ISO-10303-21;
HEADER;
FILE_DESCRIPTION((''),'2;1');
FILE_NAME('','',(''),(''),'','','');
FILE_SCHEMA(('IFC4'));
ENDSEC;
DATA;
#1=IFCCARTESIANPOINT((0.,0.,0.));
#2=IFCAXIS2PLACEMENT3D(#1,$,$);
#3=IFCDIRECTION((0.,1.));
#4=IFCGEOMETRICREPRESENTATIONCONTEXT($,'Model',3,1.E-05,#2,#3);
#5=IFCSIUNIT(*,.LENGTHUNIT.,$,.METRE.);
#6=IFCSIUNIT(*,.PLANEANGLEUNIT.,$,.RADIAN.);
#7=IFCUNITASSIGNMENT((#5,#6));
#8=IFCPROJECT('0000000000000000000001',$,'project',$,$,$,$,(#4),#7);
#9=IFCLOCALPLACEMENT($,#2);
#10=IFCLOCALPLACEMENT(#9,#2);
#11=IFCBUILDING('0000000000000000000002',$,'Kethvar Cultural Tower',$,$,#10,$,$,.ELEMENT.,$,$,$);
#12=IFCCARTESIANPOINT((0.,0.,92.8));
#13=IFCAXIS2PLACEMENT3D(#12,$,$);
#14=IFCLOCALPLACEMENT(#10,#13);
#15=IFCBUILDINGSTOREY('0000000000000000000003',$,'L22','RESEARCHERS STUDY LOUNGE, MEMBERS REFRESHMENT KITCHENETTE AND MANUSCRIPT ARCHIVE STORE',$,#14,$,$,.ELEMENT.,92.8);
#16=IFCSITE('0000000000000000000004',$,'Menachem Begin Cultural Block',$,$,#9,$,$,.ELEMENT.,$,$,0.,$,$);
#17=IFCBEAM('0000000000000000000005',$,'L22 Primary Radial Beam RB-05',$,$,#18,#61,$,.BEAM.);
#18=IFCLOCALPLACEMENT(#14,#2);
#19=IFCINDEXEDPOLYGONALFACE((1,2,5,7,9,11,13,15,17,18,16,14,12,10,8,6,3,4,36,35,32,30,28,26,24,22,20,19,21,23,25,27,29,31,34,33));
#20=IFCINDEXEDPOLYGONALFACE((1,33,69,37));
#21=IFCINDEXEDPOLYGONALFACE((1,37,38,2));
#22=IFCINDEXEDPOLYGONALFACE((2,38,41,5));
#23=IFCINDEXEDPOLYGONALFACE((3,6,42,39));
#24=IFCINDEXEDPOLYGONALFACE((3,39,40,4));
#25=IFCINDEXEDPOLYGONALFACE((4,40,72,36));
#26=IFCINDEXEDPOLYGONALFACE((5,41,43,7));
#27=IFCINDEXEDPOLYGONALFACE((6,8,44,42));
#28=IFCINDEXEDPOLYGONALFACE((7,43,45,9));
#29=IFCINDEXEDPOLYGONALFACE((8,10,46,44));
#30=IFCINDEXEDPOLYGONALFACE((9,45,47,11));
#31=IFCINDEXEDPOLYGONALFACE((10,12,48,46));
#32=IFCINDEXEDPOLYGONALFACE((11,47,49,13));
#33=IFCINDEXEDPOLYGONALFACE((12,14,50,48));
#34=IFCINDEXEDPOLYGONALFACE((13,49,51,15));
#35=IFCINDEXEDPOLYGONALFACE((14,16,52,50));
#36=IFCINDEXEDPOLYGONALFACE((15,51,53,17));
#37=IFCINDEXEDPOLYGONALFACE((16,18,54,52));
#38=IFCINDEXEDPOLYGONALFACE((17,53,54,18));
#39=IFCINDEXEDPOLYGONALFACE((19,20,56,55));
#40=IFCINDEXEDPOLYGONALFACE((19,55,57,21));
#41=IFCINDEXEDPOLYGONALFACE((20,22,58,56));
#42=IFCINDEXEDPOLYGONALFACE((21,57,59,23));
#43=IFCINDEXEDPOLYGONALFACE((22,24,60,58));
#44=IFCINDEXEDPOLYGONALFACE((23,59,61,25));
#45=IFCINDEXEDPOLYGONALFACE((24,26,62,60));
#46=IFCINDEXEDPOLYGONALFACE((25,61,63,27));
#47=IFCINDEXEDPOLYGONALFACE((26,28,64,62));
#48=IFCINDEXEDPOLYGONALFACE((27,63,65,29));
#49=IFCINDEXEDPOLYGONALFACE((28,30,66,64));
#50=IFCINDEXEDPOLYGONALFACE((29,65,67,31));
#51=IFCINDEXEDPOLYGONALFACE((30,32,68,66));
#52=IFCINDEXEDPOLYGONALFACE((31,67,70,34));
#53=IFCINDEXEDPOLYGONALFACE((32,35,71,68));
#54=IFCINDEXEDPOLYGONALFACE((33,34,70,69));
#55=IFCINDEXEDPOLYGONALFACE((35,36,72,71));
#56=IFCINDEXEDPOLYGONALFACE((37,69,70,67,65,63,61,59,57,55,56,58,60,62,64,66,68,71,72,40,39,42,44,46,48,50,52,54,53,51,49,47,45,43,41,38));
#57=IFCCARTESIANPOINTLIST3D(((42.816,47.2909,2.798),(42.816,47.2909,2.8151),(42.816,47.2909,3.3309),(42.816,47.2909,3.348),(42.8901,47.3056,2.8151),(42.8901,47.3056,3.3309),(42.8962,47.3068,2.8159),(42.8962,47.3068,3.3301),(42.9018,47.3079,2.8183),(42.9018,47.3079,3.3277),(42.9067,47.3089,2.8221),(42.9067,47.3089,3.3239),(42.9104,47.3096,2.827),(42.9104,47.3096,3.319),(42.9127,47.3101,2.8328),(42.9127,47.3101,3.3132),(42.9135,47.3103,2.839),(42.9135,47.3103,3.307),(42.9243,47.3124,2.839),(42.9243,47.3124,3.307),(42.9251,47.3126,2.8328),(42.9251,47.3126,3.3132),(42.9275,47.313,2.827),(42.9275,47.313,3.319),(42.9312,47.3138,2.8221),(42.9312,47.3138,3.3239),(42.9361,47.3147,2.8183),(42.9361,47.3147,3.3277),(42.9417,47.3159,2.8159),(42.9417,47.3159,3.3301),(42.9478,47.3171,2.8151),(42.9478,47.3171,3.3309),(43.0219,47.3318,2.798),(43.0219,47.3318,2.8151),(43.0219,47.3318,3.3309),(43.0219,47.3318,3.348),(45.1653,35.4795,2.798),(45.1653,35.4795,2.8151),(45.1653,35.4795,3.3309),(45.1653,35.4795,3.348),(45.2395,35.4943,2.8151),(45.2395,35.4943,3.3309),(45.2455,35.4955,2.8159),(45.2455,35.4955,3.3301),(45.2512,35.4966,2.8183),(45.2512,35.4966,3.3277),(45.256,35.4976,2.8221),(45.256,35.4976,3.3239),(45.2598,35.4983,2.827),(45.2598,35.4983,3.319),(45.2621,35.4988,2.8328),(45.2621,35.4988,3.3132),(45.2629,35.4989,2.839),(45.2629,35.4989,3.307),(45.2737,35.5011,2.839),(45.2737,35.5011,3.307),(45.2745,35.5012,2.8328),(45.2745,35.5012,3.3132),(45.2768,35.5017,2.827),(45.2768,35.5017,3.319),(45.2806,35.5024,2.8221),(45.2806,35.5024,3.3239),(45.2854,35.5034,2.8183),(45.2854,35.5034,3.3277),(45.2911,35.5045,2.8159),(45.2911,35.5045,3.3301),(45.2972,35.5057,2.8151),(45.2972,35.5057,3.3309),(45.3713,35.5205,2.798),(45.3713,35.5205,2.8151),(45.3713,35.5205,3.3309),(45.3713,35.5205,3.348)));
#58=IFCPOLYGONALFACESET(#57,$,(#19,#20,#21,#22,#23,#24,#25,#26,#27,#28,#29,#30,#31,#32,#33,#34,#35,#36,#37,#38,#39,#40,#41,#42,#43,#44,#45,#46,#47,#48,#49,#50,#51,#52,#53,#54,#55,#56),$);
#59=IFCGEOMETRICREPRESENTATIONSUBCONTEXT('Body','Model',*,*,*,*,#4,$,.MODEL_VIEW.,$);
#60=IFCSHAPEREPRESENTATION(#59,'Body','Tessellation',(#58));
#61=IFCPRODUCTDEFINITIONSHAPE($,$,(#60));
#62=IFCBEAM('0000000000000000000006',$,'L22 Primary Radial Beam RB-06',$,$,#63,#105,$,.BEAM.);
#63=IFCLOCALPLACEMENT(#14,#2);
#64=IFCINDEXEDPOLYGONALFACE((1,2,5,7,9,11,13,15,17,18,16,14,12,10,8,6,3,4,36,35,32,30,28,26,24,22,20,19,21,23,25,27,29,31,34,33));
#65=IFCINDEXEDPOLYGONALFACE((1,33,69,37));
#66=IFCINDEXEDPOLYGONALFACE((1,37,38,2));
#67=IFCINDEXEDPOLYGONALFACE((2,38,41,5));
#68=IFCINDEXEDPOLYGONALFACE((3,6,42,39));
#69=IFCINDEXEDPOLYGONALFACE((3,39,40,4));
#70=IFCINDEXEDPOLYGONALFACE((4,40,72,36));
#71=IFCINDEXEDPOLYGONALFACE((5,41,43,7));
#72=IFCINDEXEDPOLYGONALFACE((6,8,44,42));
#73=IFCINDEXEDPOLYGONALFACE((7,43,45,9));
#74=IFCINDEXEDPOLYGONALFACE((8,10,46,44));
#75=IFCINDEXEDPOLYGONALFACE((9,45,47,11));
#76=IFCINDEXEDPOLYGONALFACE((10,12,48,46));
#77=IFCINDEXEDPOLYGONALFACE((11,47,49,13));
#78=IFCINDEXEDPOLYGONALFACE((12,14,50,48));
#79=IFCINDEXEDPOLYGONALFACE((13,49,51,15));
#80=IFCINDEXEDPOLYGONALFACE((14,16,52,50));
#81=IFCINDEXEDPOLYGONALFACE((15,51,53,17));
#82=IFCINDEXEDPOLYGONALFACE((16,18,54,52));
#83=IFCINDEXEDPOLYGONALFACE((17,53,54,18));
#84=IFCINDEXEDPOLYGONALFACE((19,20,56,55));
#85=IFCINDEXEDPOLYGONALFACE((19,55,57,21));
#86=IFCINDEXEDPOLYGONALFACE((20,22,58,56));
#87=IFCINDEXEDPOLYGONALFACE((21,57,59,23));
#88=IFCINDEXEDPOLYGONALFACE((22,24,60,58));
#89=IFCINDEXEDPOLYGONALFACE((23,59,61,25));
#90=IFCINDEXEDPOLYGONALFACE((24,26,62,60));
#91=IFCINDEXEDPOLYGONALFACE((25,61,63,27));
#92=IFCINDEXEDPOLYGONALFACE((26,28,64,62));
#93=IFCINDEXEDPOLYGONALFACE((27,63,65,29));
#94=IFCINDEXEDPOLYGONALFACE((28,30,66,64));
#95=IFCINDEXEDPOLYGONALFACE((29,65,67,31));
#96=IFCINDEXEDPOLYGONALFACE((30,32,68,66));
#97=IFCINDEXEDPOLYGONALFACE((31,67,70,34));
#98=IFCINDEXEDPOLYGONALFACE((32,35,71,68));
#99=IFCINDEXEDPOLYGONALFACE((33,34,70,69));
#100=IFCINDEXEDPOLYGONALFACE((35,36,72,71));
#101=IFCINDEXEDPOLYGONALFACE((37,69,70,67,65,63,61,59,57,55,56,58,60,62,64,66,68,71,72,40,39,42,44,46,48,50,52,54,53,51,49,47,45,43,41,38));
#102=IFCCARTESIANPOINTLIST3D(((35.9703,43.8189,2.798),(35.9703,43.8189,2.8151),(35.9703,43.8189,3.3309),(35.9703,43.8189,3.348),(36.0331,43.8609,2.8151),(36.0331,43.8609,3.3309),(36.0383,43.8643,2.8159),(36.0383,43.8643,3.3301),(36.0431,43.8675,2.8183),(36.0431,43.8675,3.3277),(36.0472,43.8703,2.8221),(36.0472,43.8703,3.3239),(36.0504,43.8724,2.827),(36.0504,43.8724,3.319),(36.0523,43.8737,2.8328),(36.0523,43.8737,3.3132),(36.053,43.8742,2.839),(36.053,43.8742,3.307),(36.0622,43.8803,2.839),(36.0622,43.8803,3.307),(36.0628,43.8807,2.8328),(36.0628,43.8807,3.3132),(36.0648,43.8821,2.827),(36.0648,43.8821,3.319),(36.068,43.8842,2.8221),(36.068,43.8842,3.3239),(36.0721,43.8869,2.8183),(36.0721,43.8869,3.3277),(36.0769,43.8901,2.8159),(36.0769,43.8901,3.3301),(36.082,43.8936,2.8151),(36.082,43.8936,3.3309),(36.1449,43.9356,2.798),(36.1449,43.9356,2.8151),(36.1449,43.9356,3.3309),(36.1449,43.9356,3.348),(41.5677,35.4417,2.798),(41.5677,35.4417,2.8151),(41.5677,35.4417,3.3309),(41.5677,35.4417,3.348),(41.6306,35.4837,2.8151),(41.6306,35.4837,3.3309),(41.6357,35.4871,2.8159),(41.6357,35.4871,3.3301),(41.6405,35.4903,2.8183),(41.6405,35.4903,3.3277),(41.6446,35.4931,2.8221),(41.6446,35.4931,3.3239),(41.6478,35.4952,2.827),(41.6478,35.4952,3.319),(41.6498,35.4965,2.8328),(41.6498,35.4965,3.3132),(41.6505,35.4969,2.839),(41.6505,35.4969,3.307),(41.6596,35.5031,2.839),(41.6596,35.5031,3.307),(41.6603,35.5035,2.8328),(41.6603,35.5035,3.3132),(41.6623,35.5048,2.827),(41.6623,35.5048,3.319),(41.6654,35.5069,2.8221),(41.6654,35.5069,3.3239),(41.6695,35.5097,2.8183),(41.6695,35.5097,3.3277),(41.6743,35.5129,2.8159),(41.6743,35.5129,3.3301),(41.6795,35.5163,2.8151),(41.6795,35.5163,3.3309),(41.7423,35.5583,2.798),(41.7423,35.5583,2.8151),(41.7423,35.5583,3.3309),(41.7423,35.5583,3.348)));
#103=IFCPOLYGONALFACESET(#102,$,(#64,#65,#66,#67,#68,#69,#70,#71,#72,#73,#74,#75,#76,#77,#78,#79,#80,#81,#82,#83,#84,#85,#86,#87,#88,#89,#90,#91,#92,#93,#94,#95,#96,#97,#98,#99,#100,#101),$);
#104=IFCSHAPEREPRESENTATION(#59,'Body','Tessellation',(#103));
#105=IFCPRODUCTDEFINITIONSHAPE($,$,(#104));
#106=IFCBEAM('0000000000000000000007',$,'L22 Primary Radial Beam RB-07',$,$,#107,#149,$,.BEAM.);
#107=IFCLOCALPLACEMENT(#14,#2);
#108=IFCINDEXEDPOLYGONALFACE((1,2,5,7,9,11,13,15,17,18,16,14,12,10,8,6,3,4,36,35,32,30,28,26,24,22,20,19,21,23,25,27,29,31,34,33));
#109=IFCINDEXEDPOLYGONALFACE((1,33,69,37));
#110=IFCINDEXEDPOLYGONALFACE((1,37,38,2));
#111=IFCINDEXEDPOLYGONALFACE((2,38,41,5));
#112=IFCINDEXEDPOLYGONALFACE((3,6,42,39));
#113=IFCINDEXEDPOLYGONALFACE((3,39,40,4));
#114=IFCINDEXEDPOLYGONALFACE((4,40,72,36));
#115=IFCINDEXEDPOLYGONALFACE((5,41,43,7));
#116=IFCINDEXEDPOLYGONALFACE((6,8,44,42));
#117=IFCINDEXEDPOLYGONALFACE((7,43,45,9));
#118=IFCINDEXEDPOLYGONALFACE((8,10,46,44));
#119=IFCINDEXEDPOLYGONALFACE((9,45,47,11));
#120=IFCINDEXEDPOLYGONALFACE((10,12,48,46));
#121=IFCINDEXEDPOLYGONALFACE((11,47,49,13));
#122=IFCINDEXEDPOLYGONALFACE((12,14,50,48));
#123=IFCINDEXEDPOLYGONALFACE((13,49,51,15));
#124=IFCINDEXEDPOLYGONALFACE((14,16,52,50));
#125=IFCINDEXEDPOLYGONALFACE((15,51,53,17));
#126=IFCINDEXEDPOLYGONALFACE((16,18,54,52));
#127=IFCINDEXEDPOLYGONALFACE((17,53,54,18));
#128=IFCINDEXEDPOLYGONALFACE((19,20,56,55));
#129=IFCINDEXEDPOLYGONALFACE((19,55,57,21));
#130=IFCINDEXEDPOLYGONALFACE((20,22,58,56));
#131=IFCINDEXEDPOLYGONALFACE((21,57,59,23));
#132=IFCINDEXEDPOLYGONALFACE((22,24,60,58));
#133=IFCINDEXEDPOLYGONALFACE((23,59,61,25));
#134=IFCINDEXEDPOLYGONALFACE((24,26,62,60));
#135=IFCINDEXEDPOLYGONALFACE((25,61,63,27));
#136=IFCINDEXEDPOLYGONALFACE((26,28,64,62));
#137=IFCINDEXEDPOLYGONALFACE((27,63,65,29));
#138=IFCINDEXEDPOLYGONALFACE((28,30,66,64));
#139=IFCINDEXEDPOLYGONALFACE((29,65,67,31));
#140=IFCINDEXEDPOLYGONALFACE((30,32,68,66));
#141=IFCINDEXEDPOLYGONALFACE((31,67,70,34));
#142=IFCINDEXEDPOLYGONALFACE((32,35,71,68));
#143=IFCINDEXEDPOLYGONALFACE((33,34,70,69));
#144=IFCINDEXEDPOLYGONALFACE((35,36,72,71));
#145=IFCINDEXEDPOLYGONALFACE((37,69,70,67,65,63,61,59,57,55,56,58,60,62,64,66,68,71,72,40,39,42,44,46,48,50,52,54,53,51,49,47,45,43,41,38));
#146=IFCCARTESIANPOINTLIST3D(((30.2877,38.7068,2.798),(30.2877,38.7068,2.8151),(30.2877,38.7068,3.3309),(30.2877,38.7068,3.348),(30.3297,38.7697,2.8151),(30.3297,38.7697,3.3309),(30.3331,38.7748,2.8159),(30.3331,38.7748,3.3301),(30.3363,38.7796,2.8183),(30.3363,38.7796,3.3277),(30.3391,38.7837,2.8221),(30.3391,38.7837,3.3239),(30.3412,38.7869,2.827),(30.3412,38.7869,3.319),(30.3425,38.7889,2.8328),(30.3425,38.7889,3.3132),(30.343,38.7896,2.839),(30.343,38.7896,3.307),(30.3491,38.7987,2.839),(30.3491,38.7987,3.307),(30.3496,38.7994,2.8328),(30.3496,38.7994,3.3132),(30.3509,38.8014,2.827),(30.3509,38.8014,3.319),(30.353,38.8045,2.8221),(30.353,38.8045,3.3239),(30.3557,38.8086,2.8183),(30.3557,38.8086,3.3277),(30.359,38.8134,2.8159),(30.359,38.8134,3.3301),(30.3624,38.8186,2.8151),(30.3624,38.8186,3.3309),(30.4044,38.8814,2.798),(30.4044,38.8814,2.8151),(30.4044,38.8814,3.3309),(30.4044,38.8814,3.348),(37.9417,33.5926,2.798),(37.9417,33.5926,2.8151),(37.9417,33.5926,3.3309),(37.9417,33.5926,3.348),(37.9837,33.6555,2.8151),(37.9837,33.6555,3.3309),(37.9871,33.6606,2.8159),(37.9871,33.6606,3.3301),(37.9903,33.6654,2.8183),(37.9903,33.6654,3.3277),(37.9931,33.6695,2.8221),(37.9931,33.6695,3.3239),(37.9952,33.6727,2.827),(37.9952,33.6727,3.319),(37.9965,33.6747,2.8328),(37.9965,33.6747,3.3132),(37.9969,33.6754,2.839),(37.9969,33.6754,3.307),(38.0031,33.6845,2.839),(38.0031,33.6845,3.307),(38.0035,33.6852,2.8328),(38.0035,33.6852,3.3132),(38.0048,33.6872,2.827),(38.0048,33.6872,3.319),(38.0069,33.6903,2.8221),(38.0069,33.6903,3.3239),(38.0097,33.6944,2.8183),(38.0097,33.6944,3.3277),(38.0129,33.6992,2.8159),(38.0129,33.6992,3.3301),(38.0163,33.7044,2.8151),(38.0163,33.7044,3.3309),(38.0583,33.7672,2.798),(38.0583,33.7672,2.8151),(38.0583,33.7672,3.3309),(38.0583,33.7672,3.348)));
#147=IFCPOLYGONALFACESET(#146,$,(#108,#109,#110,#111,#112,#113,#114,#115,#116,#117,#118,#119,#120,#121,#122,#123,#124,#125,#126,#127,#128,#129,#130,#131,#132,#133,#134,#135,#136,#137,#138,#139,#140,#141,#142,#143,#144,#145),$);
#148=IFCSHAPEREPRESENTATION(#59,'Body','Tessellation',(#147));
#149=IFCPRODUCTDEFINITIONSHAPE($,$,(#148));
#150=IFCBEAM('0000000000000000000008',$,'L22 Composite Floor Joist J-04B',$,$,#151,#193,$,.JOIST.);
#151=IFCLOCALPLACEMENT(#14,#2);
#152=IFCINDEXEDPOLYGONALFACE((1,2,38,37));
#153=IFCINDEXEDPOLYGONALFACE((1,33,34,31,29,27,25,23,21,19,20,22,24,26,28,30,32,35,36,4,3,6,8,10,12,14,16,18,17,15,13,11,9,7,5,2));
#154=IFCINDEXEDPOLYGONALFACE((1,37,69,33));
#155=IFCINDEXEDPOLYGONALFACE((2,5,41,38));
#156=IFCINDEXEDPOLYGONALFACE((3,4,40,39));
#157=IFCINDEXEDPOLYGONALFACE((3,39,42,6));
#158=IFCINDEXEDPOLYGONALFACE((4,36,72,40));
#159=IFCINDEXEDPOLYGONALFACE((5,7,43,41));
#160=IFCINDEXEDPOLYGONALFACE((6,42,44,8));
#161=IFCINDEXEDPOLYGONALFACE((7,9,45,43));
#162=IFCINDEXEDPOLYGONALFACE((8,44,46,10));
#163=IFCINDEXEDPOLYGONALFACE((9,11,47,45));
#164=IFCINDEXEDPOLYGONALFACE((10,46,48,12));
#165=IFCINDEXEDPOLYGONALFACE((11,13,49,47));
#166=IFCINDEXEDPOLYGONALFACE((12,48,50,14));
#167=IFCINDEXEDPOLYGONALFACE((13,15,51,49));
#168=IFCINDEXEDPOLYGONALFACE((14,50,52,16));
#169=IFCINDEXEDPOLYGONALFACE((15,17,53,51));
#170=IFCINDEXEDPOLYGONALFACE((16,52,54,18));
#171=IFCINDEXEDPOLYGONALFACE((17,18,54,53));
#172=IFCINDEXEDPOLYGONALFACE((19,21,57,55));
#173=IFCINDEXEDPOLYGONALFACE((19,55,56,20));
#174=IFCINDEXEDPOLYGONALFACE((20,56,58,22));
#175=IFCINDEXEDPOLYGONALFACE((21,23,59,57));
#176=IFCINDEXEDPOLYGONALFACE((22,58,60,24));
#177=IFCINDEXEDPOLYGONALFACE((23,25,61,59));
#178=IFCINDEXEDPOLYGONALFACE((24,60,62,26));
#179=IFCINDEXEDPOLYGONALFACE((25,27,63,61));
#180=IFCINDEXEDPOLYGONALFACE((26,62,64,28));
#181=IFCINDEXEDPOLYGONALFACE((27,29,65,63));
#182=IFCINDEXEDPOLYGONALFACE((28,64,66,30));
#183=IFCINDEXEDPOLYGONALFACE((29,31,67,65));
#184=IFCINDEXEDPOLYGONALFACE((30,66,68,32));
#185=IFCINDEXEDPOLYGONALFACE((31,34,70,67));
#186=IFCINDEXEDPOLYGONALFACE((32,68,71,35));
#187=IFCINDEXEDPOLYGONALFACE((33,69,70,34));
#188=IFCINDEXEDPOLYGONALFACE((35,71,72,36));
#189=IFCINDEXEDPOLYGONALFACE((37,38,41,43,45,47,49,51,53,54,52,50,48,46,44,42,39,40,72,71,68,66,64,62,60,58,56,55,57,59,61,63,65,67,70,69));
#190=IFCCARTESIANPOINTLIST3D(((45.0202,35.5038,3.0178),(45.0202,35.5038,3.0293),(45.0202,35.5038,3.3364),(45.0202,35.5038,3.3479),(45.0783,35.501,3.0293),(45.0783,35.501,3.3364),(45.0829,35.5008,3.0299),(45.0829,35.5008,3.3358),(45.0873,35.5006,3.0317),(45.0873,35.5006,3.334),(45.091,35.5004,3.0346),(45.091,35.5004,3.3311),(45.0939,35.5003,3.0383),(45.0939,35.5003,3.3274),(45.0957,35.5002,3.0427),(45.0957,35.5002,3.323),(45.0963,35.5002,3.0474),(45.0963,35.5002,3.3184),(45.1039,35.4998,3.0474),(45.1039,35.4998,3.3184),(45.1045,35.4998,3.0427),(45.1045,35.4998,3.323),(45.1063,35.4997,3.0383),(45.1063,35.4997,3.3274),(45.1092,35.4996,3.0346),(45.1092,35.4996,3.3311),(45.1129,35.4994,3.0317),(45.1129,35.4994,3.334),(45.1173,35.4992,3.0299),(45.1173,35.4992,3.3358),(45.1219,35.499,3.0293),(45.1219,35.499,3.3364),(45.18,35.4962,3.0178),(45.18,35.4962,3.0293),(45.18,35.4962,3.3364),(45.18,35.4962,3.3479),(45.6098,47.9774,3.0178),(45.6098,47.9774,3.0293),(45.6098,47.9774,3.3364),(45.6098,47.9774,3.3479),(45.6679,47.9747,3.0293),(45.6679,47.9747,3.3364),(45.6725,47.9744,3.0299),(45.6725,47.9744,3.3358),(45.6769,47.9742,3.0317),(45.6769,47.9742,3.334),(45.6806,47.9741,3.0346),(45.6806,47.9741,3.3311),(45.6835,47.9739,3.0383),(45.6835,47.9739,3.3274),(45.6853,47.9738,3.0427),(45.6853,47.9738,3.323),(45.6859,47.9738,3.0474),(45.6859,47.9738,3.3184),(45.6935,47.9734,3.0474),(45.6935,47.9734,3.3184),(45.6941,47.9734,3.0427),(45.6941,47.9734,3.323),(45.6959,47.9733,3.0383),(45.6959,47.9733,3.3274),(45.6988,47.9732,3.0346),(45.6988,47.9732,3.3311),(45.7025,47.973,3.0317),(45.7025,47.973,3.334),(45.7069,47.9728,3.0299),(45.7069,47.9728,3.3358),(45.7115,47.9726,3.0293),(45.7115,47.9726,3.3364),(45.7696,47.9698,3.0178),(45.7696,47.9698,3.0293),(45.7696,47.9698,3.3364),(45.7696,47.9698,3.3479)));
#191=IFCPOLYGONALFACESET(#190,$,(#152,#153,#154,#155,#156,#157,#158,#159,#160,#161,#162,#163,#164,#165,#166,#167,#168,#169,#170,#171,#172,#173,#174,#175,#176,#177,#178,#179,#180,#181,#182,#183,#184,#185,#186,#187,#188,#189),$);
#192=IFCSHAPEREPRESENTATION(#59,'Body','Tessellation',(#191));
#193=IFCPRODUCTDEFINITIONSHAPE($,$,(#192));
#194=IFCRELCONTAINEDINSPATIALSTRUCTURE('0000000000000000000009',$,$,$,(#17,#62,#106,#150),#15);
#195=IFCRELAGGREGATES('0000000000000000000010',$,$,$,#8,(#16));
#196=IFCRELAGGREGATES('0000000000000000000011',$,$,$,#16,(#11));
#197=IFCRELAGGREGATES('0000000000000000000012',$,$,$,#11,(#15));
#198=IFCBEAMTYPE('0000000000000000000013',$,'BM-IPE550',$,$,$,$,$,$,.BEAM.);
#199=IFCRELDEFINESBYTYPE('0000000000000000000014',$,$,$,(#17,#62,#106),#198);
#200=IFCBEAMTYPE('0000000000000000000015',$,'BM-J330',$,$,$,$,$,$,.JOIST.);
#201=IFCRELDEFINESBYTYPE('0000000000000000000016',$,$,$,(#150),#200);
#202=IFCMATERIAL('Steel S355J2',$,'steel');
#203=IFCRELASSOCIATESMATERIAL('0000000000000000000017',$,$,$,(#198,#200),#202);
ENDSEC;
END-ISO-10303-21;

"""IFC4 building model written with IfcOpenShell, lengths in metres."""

from ifc_helpers import new_model, si_unit, direction, frame, origin, origin_2d, place, context, subcontext, project, spatial, i_section, extrude, source, transform, mapped, material, material_profile, profile_set, type_object, element, save


model = new_model("IFC4")

# Units and contexts
model_context = context("Model", 3, precision=1e-05, world=origin(), true_north=direction((0.0, 1.0)))
body_context = subcontext(model_context, "Body", "Model", "MODEL_VIEW")
ifc_project = project(units=[si_unit("LENGTHUNIT", "METRE"), si_unit("PLANEANGLEUNIT", "RADIAN")], contexts=[model_context])

# Site, building, storey
site_placement = place(None, origin())
site = spatial("IfcSite", under=ifc_project, at=site_placement, Name="Menachem Begin Cultural Block", CompositionType="ELEMENT", RefElevation=0.0)
building_placement = place(site_placement, origin())
building = spatial("IfcBuilding", under=site, at=building_placement, Name="Kethvar Cultural Tower", CompositionType="ELEMENT")
storey_placement = place(building_placement, frame((0.0, 0.0, 92.8)))
storey = spatial("IfcBuildingStorey", under=building, at=storey_placement, Name="L22", Description="RESEARCHERS STUDY LOUNGE, MEMBERS REFRESHMENT KITCHENETTE AND MANUSCRIPT ARCHIVE STORE", CompositionType="ELEMENT", Elevation=92.8)

# Beams
ifc_material_1 = material(Name="Steel S355J2", Category="steel")
ifc_material_profile_1 = material_profile(ifc_material_1, i_section(OverallWidth=0.21, OverallDepth=0.55, WebThickness=0.011, FlangeThickness=0.0171, FilletRadius=0.0239, at=origin_2d()), Name="Steel S355J2 — IPE550")
ifc_profile_set_1 = profile_set([ifc_material_profile_1], Name="Steel S355J2 — IPE550")
beam_type_1 = type_object("IfcBeamType", Name="BM-IPE550", PredefinedType="BEAM", material=ifc_profile_set_1)
shared_shape_1 = source(origin(), body_context, "Body", "SweptSolid", [
    extrude(i_section(OverallWidth=0.21, OverallDepth=0.55, WebThickness=0.011, FlangeThickness=0.0171, FilletRadius=0.0239, at=origin_2d()), origin(), (0.0, 0.0, 1.0), 12.0427),
])
beam_1_placement = place(storey_placement, frame((45.2683, 35.5, 3.073), z_axis=(-0.195087, 0.980786, 0.0), x_axis=(-0.980786, -0.195087, 0.0)))
element("IfcBeam", 1, at=beam_1_placement, inside=storey, type_object=beam_type_1, Name="L22 Primary Radial Beam RB-05", PredefinedType="BEAM", context=body_context, shape_type="MappedRepresentation", body=[
    mapped(shared_shape_1, transform((0.0, 0.0, 0.0), scale=1.0)),
])
shared_shape_2 = source(origin(), body_context, "Body", "SweptSolid", [
    extrude(i_section(OverallWidth=0.21, OverallDepth=0.55, WebThickness=0.011, FlangeThickness=0.0171, FilletRadius=0.0239, at=origin_2d()), origin(), (0.0, 0.0, 1.0), 10.0752),
])
beam_2_placement = place(storey_placement, frame((41.655, 35.5, 3.073), z_axis=(-0.555567, 0.831472, 0.0), x_axis=(-0.831472, -0.555567, 0.0)))
element("IfcBeam", 2, at=beam_2_placement, inside=storey, type_object=beam_type_1, Name="L22 Primary Radial Beam RB-06", PredefinedType="BEAM", context=body_context, shape_type="MappedRepresentation", body=[
    mapped(shared_shape_2, transform((0.0, 0.0, 0.0), scale=1.0)),
])
shared_shape_3 = source(origin(), body_context, "Body", "SweptSolid", [
    extrude(i_section(OverallWidth=0.21, OverallDepth=0.55, WebThickness=0.011, FlangeThickness=0.0171, FilletRadius=0.0239, at=origin_2d()), origin(), (0.0, 0.0, 1.0), 9.2053),
])
beam_3_placement = place(storey_placement, frame((38.0, 33.6799, 3.073), z_axis=(-0.83147, 0.555569, 0.0), x_axis=(-0.555569, -0.83147, 0.0)))
element("IfcBeam", 3, at=beam_3_placement, inside=storey, type_object=beam_type_1, Name="L22 Primary Radial Beam RB-07", PredefinedType="BEAM", context=body_context, shape_type="MappedRepresentation", body=[
    mapped(shared_shape_3, transform((0.0, 0.0, 0.0), scale=1.0)),
])
ifc_material_profile_2 = material_profile(ifc_material_1, i_section(OverallWidth=0.1599, OverallDepth=0.3301, WebThickness=0.0076, FlangeThickness=0.0115, FilletRadius=0.0181, at=origin_2d()), Name="Steel S355J2 — IPE330")
ifc_profile_set_2 = profile_set([ifc_material_profile_2], Name="Steel S355J2 — IPE330")
beam_type_2 = type_object("IfcBeamType", Name="BM-J330", PredefinedType="JOIST", material=ifc_profile_set_2)
shared_shape_4 = source(origin(), body_context, "Body", "SweptSolid", [
    extrude(i_section(OverallWidth=0.1599, OverallDepth=0.3301, WebThickness=0.0076, FlangeThickness=0.0115, FilletRadius=0.0181, at=origin_2d()), origin(), (0.0, 0.0, 1.0), 12.4875),
])
beam_4_placement = place(storey_placement, frame((45.1001, 35.5, 3.1829), z_axis=(0.047215, 0.998885, 0.0), x_axis=(-0.998885, 0.047215, 0.0)))
element("IfcBeam", 4, at=beam_4_placement, inside=storey, type_object=beam_type_2, Name="L22 Composite Floor Joist J-04B", PredefinedType="JOIST", context=body_context, shape_type="MappedRepresentation", body=[
    mapped(shared_shape_4, transform((0.0, 0.0, 0.0), scale=1.0)),
])

save(model, "model.ifc")
